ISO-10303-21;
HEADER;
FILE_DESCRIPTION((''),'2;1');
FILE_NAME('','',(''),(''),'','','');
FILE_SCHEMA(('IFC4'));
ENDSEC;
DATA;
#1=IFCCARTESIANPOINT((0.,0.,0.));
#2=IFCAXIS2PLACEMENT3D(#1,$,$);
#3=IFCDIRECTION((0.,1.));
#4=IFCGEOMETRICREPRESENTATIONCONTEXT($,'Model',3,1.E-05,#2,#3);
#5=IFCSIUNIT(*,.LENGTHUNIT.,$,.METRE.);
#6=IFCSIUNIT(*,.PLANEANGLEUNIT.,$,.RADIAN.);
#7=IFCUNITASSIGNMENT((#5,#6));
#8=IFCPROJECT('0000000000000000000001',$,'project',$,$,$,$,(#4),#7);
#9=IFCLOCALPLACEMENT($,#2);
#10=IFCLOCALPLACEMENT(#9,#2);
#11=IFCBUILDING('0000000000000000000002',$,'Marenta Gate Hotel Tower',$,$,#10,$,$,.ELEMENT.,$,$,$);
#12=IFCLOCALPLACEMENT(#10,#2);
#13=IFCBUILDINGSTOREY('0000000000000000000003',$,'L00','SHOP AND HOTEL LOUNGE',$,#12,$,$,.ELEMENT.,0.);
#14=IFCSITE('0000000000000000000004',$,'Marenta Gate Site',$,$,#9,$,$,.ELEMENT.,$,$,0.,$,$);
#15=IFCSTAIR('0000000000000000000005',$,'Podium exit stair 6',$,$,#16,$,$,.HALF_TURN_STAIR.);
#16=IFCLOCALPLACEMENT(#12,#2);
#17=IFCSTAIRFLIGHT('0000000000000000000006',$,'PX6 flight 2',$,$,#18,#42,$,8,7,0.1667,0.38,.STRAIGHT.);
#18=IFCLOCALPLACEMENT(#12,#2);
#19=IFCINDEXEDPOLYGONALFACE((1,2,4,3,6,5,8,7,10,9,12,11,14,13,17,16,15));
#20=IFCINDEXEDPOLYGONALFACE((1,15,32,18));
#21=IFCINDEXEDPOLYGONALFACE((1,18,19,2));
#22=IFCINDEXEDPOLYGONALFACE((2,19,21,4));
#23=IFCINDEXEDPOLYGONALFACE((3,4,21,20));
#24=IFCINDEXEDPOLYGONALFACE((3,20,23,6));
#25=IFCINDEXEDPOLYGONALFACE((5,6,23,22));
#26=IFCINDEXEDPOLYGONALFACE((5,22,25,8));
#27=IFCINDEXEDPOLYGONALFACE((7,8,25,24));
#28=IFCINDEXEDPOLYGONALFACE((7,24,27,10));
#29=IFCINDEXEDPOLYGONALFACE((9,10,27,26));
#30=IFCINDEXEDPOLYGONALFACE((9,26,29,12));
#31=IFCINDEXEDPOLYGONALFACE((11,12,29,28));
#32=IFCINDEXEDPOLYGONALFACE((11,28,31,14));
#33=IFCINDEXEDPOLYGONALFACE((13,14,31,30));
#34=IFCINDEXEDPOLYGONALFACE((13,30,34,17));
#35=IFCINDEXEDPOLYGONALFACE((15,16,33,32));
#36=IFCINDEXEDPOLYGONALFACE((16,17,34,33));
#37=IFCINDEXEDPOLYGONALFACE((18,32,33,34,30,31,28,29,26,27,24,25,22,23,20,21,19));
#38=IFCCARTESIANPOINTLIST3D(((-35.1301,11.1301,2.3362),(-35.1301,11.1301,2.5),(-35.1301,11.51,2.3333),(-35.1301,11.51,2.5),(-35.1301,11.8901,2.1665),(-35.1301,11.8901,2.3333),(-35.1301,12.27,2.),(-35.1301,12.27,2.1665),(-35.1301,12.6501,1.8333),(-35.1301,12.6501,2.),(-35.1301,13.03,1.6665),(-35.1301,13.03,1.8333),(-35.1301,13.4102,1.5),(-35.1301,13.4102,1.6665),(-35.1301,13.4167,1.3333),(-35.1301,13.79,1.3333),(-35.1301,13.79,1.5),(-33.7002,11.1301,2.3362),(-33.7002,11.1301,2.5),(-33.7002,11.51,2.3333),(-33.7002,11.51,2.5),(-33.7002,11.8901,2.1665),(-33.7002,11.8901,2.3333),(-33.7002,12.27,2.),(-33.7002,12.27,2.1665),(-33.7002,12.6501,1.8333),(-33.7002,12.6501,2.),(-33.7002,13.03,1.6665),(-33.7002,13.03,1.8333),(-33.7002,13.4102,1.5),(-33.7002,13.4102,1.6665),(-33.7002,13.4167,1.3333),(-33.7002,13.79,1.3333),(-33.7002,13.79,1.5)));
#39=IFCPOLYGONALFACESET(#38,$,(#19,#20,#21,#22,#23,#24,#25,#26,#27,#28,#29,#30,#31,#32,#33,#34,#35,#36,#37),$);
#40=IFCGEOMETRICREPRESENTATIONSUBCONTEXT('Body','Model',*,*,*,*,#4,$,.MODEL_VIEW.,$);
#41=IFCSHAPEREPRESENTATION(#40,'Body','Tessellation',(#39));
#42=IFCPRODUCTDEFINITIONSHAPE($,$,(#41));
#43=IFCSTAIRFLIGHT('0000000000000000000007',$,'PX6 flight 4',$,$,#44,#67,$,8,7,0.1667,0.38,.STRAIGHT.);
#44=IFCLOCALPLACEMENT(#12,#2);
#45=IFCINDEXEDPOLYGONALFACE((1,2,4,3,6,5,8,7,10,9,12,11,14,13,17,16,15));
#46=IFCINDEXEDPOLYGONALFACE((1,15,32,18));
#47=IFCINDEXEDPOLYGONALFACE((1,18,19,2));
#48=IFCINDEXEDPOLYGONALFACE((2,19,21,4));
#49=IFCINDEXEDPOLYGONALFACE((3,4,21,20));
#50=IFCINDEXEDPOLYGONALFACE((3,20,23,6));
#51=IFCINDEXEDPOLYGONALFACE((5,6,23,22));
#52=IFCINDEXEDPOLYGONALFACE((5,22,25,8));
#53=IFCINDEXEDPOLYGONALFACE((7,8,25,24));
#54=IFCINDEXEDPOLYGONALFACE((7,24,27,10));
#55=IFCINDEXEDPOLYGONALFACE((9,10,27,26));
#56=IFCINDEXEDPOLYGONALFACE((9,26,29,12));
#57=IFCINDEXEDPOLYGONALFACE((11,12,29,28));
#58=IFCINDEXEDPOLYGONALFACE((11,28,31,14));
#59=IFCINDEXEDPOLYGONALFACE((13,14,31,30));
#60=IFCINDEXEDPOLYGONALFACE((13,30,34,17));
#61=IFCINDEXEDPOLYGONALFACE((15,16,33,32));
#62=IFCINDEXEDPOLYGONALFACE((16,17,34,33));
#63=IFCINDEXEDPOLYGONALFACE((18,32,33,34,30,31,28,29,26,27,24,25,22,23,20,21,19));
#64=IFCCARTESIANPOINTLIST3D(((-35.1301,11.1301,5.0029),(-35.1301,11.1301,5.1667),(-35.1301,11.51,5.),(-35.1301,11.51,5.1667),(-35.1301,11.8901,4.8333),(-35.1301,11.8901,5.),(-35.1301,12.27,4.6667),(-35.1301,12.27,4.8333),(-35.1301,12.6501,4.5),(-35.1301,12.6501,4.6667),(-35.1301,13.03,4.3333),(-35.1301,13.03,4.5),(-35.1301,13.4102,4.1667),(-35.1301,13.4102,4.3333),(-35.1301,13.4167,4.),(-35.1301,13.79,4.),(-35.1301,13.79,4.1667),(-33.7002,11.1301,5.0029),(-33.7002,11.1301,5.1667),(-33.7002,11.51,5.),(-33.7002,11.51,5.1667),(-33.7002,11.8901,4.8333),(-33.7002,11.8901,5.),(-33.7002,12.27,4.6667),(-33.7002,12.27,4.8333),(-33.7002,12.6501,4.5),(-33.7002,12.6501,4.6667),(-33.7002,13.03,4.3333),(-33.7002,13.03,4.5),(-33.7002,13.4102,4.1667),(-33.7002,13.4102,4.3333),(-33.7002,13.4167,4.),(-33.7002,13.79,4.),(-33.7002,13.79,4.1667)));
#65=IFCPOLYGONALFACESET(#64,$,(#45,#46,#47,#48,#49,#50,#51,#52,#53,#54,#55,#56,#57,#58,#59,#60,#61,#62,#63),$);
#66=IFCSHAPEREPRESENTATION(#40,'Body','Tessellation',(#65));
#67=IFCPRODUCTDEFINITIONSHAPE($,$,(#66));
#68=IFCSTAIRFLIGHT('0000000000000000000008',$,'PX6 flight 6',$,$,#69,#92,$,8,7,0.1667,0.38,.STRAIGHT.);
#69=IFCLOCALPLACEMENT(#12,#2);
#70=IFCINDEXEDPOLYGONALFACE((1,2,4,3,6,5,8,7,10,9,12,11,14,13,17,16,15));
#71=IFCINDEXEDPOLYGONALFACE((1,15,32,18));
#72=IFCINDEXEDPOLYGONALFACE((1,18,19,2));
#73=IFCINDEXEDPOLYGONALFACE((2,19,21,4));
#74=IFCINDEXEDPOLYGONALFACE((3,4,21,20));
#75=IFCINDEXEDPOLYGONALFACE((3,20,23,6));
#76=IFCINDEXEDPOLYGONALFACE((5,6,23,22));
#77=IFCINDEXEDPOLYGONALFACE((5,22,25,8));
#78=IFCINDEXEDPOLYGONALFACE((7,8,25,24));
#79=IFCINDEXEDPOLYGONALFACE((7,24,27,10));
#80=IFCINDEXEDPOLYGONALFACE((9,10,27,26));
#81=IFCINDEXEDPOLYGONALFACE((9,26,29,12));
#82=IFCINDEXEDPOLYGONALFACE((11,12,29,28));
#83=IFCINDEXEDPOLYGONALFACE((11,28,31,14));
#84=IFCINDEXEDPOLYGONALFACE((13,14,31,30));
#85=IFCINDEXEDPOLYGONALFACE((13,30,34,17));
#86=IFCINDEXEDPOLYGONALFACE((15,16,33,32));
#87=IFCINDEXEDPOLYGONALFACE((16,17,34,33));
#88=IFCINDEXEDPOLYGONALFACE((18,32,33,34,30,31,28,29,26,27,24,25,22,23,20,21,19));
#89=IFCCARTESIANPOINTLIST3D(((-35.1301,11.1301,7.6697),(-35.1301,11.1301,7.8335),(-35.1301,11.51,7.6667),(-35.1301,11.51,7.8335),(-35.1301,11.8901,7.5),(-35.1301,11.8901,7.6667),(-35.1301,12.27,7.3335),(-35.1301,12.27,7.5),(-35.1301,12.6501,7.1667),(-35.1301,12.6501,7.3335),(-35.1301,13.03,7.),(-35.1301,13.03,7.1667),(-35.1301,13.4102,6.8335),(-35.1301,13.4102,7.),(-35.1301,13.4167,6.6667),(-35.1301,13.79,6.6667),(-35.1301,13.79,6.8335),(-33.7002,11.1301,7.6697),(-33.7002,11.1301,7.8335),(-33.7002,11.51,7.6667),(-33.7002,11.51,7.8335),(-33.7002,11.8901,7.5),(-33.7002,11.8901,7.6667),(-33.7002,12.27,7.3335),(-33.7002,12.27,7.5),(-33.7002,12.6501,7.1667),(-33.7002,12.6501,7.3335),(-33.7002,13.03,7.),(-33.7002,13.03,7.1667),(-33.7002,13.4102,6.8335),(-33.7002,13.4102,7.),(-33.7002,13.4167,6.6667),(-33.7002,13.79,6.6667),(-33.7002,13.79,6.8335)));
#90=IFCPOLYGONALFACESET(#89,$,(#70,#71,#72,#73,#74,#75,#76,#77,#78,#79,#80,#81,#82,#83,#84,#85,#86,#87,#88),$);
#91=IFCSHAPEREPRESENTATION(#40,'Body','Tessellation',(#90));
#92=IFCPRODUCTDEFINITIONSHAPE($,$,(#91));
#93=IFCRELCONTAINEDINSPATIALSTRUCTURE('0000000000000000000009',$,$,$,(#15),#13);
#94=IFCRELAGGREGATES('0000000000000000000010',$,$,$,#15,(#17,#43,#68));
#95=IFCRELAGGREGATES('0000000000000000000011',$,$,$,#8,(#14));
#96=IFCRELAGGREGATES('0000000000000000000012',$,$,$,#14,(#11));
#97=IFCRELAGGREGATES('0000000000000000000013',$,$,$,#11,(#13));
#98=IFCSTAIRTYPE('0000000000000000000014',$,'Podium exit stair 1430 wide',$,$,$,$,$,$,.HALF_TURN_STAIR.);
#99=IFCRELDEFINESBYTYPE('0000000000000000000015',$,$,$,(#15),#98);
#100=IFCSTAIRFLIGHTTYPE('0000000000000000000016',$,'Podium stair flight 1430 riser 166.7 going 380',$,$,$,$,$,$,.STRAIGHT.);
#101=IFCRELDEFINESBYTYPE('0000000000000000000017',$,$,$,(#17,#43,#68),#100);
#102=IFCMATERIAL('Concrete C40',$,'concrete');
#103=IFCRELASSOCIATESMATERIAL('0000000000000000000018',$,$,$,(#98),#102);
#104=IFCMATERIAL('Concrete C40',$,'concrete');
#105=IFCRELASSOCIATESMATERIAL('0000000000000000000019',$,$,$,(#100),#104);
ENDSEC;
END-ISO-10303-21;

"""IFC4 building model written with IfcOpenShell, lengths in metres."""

from ifc_helpers import new_model, si_unit, direction, frame, origin, place, context, subcontext, project, spatial, polyline, outline, extrude, material, type_object, element, aggregate, save


model = new_model("IFC4")

# Units and contexts
model_context = context("Model", 3, precision=1e-05, world=origin(), true_north=direction((0.0, 1.0)))
body_context = subcontext(model_context, "Body", "Model", "MODEL_VIEW")
ifc_project = project(units=[si_unit("LENGTHUNIT", "METRE"), si_unit("PLANEANGLEUNIT", "RADIAN")], contexts=[model_context])

# Site, building, storey
site_placement = place(None, origin())
site = spatial("IfcSite", under=ifc_project, at=site_placement, Name="Marenta Gate Site", CompositionType="ELEMENT", RefElevation=0.0)
building_placement = place(site_placement, origin())
building = spatial("IfcBuilding", under=site, at=building_placement, Name="Marenta Gate Hotel Tower", CompositionType="ELEMENT")
storey_placement = place(building_placement, origin())
storey = spatial("IfcBuildingStorey", under=building, at=storey_placement, Name="L00", Description="SHOP AND HOTEL LOUNGE", CompositionType="ELEMENT", Elevation=0.0)

# Stair, stair flights
ifc_material_1 = material(Name="Concrete C40", Category="concrete")
stair_type = type_object("IfcStairType", Name="Podium exit stair 1430 wide", PredefinedType="HALF_TURN_STAIR", material=ifc_material_1)
stair_placement = place(storey_placement, origin())
stair = element("IfcStair", 1, at=stair_placement, inside=storey, type_object=stair_type, Name="Podium exit stair 6", PredefinedType="HALF_TURN_STAIR")
ifc_material_2 = material(Name="Concrete C40", Category="concrete")
stair_flight_type = type_object("IfcStairFlightType", Name="Podium stair flight 1430 riser 166.7 going 380", PredefinedType="STRAIGHT", material=ifc_material_2)
stair_flight_1_placement = place(storey_placement, frame((-34.415, 13.79, 1.3333), z_axis=(0.0, 0.0, 1.0), x_axis=(0.0, -1.0, 0.0)))
stair_flight_1 = element("IfcStairFlight", 2, at=stair_flight_1_placement, type_object=stair_flight_type, Name="PX6 flight 2", NumberOfRisers=8, NumberOfTreads=7, PredefinedType="STRAIGHT", RiserHeight=0.1667, TreadLength=0.38, context=body_context, shape_type="SweptSolid", body=[
    extrude(outline(polyline([(0.0, 0.0), (0.0, 0.1667), (0.3799, 0.1667), (0.3799, 0.3333), (0.76, 0.3333), (0.76, 0.5), (1.1399, 0.5), (1.1399, 0.6667), (1.52, 0.6667), (1.52, 0.8333), (1.8999, 0.8333), (1.8999, 1.0), (2.28, 1.0), (2.28, 1.1667), (2.6599, 1.1667), (2.6599, 1.3333), (2.6599, 1.0029), (0.3733, 0.0), (0.0, 0.0)])), frame((0.0, 0.7148, 0.0), z_axis=(0.0, -1.0, 0.0), x_axis=(1.0, 0.0, 0.0)), (0.0, 0.0, 1.0), 1.4299),
])
stair_flight_2_placement = place(storey_placement, frame((-34.415, 13.79, 4.0), z_axis=(0.0, 0.0, 1.0), x_axis=(0.0, -1.0, 0.0)))
stair_flight_2 = element("IfcStairFlight", 3, at=stair_flight_2_placement, type_object=stair_flight_type, Name="PX6 flight 4", NumberOfRisers=8, NumberOfTreads=7, PredefinedType="STRAIGHT", RiserHeight=0.1667, TreadLength=0.38, context=body_context, shape_type="SweptSolid", body=[
    extrude(outline(polyline([(0.0, 0.0), (0.0, 0.1667), (0.3799, 0.1667), (0.3799, 0.3333), (0.76, 0.3333), (0.76, 0.5), (1.1399, 0.5), (1.1399, 0.6667), (1.52, 0.6667), (1.52, 0.8333), (1.8999, 0.8333), (1.8999, 1.0), (2.28, 1.0), (2.28, 1.1667), (2.6599, 1.1667), (2.6599, 1.3333), (2.6599, 1.0029), (0.3733, 0.0), (0.0, 0.0)])), frame((0.0, 0.7148, 0.0), z_axis=(0.0, -1.0, 0.0), x_axis=(1.0, 0.0, 0.0)), (0.0, 0.0, 1.0), 1.4299),
])
stair_flight_3_placement = place(storey_placement, frame((-34.415, 13.79, 6.6667), z_axis=(0.0, 0.0, 1.0), x_axis=(0.0, -1.0, 0.0)))
stair_flight_3 = element("IfcStairFlight", 4, at=stair_flight_3_placement, type_object=stair_flight_type, Name="PX6 flight 6", NumberOfRisers=8, NumberOfTreads=7, PredefinedType="STRAIGHT", RiserHeight=0.1667, TreadLength=0.38, context=body_context, shape_type="SweptSolid", body=[
    extrude(outline(polyline([(0.0, 0.0), (0.0, 0.1667), (0.3799, 0.1667), (0.3799, 0.3333), (0.76, 0.3333), (0.76, 0.5), (1.1399, 0.5), (1.1399, 0.6667), (1.52, 0.6667), (1.52, 0.8333), (1.8999, 0.8333), (1.8999, 1.0), (2.28, 1.0), (2.28, 1.1667), (2.6599, 1.1667), (2.6599, 1.3333), (2.6599, 1.0029), (0.3733, 0.0), (0.0, 0.0)])), frame((0.0, 0.7148, 0.0), z_axis=(0.0, -1.0, 0.0), x_axis=(1.0, 0.0, 0.0)), (0.0, 0.0, 1.0), 1.4299),
])
aggregate(stair, [stair_flight_1, stair_flight_2, stair_flight_3])

save(model, "model.ifc")
